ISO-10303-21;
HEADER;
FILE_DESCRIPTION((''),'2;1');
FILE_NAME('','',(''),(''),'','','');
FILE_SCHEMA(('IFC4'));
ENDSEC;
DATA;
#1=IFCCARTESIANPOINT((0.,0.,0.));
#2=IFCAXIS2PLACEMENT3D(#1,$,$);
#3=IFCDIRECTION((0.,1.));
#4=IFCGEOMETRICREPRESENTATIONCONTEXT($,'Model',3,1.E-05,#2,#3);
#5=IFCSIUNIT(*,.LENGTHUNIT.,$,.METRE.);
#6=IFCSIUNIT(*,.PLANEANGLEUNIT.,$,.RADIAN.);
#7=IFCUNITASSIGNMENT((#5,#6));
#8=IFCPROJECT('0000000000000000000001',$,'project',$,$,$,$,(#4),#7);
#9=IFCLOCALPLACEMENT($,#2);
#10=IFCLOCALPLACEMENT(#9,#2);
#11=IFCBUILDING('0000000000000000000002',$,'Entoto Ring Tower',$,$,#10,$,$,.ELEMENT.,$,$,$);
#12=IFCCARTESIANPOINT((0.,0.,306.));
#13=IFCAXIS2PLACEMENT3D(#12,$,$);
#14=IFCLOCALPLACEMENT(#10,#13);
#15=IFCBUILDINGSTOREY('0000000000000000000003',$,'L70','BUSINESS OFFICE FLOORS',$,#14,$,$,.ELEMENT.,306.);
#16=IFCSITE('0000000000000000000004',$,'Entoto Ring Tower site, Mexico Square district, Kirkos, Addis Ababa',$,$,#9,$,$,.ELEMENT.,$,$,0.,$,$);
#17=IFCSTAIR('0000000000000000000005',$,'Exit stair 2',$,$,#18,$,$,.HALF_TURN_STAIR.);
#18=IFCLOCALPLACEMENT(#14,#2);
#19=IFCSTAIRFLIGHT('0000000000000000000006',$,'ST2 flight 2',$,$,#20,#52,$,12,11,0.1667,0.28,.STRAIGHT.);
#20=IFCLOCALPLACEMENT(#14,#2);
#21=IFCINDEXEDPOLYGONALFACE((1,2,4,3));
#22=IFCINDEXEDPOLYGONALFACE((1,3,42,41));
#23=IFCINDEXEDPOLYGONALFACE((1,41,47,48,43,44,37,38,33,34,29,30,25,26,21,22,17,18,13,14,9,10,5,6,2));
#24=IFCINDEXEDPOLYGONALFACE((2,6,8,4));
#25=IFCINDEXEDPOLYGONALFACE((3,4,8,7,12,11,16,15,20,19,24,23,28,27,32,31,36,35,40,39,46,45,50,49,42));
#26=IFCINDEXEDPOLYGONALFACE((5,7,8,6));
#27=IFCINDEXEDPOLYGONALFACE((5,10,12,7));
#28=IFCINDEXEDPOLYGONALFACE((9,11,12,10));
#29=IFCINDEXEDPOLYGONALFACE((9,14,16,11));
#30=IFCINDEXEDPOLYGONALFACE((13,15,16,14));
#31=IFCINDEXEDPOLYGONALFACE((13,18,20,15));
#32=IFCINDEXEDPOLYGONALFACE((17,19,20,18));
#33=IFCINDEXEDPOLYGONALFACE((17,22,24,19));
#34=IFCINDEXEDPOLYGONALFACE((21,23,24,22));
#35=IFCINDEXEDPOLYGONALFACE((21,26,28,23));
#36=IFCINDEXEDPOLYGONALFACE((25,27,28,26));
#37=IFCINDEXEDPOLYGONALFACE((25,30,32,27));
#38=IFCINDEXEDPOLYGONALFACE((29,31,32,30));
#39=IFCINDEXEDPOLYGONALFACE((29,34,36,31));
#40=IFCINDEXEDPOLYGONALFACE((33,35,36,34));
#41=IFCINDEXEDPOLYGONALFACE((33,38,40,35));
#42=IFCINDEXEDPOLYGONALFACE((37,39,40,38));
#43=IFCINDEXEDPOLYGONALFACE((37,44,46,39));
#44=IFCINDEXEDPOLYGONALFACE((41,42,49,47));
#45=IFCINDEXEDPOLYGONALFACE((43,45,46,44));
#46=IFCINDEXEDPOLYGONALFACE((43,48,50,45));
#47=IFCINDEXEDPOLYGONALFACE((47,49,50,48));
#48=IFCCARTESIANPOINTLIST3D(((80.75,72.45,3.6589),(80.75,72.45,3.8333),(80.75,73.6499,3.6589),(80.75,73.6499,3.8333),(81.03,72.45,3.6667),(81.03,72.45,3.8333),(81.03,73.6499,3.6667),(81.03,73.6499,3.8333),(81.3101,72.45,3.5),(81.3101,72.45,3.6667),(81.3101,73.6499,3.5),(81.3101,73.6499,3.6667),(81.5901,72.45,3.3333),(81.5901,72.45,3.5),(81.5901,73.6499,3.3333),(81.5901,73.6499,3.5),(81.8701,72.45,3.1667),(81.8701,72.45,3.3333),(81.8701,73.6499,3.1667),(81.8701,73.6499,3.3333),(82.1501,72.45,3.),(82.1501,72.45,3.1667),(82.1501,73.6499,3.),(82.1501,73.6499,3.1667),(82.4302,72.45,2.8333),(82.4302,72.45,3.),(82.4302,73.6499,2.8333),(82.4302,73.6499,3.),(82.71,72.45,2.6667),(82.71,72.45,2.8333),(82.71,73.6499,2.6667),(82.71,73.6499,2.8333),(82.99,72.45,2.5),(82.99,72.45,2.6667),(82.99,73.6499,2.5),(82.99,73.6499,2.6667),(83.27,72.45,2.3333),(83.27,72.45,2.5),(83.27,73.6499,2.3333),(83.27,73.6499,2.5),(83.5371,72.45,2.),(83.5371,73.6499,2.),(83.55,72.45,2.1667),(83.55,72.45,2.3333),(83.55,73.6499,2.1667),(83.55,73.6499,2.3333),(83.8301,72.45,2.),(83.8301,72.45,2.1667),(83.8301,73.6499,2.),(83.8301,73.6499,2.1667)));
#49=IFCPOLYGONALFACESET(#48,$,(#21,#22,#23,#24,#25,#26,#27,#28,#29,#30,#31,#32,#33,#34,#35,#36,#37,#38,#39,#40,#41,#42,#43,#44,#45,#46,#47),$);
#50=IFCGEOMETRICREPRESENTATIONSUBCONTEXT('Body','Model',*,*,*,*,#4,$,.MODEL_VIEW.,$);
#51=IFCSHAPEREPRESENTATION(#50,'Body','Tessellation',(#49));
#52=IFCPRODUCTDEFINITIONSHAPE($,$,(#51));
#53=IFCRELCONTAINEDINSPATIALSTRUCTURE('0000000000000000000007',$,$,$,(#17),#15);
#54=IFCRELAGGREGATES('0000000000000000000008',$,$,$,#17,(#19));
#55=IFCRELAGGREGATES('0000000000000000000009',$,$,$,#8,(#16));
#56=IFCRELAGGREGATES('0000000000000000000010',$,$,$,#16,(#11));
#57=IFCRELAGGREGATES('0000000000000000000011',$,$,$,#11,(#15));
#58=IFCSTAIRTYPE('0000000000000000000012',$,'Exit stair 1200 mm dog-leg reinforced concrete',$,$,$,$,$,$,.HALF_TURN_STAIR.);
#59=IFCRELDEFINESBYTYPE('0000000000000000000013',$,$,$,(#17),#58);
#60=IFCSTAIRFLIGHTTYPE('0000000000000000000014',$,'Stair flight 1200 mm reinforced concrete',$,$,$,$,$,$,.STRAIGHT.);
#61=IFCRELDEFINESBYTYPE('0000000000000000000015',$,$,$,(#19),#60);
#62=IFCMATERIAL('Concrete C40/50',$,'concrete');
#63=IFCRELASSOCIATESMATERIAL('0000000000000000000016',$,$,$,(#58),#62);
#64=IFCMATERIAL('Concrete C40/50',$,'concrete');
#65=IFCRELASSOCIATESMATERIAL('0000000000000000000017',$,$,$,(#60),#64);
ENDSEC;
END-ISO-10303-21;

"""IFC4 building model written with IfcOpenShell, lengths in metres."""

from ifc_helpers import new_model, si_unit, direction, frame, origin, place, context, subcontext, project, spatial, polyline, outline, extrude, material, type_object, element, aggregate, save


model = new_model("IFC4")

# Units and contexts
model_context = context("Model", 3, precision=1e-05, world=origin(), true_north=direction((0.0, 1.0)))
body_context = subcontext(model_context, "Body", "Model", "MODEL_VIEW")
ifc_project = project(units=[si_unit("LENGTHUNIT", "METRE"), si_unit("PLANEANGLEUNIT", "RADIAN")], contexts=[model_context])

# Site, building, storey
site_placement = place(None, origin())
site = spatial("IfcSite", under=ifc_project, at=site_placement, Name="Entoto Ring Tower site, Mexico Square district, Kirkos, Addis Ababa", CompositionType="ELEMENT", RefElevation=0.0)
building_placement = place(site_placement, origin())
building = spatial("IfcBuilding", under=site, at=building_placement, Name="Entoto Ring Tower", CompositionType="ELEMENT")
storey_placement = place(building_placement, frame((0.0, 0.0, 306.0)))
storey = spatial("IfcBuildingStorey", under=building, at=storey_placement, Name="L70", Description="BUSINESS OFFICE FLOORS", CompositionType="ELEMENT", Elevation=306.0)

# Stair, stair flight
ifc_material_1 = material(Name="Concrete C40/50", Category="concrete")
stair_type = type_object("IfcStairType", Name="Exit stair 1200 mm dog-leg reinforced concrete", PredefinedType="HALF_TURN_STAIR", material=ifc_material_1)
stair_placement = place(storey_placement, origin())
stair = element("IfcStair", 1, at=stair_placement, inside=storey, type_object=stair_type, Name="Exit stair 2", PredefinedType="HALF_TURN_STAIR")
ifc_material_2 = material(Name="Concrete C40/50", Category="concrete")
stair_flight_type = type_object("IfcStairFlightType", Name="Stair flight 1200 mm reinforced concrete", PredefinedType="STRAIGHT", material=ifc_material_2)
stair_flight_1_placement = place(storey_placement, frame((83.8301, 73.05, 2.0), z_axis=(0.0, 0.0, 1.0), x_axis=(-1.0, 0.0, 0.0)))
stair_flight_1 = element("IfcStairFlight", 2, at=stair_flight_1_placement, type_object=stair_flight_type, Name="ST2 flight 2", NumberOfRisers=12, NumberOfTreads=11, PredefinedType="STRAIGHT", RiserHeight=0.1667, TreadLength=0.28, context=body_context, shape_type="SweptSolid", body=[
    extrude(outline(polyline([(0.0, 0.0), (0.0, 0.1667), (0.28, 0.1667), (0.28, 0.3333), (0.5601, 0.3333), (0.5601, 0.5), (0.8401, 0.5), (0.8401, 0.6667), (1.1201, 0.6667), (1.1201, 0.8333), (1.3999, 0.8333), (1.3999, 1.0), (1.6799, 1.0), (1.6799, 1.1667), (1.96, 1.1667), (1.96, 1.3333), (2.24, 1.3333), (2.24, 1.5), (2.52, 1.5), (2.52, 1.6667), (2.8, 1.6667), (2.8, 1.8333), (3.0801, 1.8333), (3.0801, 2.0), (3.0801, 1.6589), (0.293, 0.0), (0.0, 0.0)])), frame((0.0, 0.6001, 0.0), z_axis=(0.0, -1.0, 0.0), x_axis=(1.0, 0.0, 0.0)), (0.0, 0.0, 1.0), 1.2),
])
aggregate(stair, [stair_flight_1])

save(model, "model.ifc")
